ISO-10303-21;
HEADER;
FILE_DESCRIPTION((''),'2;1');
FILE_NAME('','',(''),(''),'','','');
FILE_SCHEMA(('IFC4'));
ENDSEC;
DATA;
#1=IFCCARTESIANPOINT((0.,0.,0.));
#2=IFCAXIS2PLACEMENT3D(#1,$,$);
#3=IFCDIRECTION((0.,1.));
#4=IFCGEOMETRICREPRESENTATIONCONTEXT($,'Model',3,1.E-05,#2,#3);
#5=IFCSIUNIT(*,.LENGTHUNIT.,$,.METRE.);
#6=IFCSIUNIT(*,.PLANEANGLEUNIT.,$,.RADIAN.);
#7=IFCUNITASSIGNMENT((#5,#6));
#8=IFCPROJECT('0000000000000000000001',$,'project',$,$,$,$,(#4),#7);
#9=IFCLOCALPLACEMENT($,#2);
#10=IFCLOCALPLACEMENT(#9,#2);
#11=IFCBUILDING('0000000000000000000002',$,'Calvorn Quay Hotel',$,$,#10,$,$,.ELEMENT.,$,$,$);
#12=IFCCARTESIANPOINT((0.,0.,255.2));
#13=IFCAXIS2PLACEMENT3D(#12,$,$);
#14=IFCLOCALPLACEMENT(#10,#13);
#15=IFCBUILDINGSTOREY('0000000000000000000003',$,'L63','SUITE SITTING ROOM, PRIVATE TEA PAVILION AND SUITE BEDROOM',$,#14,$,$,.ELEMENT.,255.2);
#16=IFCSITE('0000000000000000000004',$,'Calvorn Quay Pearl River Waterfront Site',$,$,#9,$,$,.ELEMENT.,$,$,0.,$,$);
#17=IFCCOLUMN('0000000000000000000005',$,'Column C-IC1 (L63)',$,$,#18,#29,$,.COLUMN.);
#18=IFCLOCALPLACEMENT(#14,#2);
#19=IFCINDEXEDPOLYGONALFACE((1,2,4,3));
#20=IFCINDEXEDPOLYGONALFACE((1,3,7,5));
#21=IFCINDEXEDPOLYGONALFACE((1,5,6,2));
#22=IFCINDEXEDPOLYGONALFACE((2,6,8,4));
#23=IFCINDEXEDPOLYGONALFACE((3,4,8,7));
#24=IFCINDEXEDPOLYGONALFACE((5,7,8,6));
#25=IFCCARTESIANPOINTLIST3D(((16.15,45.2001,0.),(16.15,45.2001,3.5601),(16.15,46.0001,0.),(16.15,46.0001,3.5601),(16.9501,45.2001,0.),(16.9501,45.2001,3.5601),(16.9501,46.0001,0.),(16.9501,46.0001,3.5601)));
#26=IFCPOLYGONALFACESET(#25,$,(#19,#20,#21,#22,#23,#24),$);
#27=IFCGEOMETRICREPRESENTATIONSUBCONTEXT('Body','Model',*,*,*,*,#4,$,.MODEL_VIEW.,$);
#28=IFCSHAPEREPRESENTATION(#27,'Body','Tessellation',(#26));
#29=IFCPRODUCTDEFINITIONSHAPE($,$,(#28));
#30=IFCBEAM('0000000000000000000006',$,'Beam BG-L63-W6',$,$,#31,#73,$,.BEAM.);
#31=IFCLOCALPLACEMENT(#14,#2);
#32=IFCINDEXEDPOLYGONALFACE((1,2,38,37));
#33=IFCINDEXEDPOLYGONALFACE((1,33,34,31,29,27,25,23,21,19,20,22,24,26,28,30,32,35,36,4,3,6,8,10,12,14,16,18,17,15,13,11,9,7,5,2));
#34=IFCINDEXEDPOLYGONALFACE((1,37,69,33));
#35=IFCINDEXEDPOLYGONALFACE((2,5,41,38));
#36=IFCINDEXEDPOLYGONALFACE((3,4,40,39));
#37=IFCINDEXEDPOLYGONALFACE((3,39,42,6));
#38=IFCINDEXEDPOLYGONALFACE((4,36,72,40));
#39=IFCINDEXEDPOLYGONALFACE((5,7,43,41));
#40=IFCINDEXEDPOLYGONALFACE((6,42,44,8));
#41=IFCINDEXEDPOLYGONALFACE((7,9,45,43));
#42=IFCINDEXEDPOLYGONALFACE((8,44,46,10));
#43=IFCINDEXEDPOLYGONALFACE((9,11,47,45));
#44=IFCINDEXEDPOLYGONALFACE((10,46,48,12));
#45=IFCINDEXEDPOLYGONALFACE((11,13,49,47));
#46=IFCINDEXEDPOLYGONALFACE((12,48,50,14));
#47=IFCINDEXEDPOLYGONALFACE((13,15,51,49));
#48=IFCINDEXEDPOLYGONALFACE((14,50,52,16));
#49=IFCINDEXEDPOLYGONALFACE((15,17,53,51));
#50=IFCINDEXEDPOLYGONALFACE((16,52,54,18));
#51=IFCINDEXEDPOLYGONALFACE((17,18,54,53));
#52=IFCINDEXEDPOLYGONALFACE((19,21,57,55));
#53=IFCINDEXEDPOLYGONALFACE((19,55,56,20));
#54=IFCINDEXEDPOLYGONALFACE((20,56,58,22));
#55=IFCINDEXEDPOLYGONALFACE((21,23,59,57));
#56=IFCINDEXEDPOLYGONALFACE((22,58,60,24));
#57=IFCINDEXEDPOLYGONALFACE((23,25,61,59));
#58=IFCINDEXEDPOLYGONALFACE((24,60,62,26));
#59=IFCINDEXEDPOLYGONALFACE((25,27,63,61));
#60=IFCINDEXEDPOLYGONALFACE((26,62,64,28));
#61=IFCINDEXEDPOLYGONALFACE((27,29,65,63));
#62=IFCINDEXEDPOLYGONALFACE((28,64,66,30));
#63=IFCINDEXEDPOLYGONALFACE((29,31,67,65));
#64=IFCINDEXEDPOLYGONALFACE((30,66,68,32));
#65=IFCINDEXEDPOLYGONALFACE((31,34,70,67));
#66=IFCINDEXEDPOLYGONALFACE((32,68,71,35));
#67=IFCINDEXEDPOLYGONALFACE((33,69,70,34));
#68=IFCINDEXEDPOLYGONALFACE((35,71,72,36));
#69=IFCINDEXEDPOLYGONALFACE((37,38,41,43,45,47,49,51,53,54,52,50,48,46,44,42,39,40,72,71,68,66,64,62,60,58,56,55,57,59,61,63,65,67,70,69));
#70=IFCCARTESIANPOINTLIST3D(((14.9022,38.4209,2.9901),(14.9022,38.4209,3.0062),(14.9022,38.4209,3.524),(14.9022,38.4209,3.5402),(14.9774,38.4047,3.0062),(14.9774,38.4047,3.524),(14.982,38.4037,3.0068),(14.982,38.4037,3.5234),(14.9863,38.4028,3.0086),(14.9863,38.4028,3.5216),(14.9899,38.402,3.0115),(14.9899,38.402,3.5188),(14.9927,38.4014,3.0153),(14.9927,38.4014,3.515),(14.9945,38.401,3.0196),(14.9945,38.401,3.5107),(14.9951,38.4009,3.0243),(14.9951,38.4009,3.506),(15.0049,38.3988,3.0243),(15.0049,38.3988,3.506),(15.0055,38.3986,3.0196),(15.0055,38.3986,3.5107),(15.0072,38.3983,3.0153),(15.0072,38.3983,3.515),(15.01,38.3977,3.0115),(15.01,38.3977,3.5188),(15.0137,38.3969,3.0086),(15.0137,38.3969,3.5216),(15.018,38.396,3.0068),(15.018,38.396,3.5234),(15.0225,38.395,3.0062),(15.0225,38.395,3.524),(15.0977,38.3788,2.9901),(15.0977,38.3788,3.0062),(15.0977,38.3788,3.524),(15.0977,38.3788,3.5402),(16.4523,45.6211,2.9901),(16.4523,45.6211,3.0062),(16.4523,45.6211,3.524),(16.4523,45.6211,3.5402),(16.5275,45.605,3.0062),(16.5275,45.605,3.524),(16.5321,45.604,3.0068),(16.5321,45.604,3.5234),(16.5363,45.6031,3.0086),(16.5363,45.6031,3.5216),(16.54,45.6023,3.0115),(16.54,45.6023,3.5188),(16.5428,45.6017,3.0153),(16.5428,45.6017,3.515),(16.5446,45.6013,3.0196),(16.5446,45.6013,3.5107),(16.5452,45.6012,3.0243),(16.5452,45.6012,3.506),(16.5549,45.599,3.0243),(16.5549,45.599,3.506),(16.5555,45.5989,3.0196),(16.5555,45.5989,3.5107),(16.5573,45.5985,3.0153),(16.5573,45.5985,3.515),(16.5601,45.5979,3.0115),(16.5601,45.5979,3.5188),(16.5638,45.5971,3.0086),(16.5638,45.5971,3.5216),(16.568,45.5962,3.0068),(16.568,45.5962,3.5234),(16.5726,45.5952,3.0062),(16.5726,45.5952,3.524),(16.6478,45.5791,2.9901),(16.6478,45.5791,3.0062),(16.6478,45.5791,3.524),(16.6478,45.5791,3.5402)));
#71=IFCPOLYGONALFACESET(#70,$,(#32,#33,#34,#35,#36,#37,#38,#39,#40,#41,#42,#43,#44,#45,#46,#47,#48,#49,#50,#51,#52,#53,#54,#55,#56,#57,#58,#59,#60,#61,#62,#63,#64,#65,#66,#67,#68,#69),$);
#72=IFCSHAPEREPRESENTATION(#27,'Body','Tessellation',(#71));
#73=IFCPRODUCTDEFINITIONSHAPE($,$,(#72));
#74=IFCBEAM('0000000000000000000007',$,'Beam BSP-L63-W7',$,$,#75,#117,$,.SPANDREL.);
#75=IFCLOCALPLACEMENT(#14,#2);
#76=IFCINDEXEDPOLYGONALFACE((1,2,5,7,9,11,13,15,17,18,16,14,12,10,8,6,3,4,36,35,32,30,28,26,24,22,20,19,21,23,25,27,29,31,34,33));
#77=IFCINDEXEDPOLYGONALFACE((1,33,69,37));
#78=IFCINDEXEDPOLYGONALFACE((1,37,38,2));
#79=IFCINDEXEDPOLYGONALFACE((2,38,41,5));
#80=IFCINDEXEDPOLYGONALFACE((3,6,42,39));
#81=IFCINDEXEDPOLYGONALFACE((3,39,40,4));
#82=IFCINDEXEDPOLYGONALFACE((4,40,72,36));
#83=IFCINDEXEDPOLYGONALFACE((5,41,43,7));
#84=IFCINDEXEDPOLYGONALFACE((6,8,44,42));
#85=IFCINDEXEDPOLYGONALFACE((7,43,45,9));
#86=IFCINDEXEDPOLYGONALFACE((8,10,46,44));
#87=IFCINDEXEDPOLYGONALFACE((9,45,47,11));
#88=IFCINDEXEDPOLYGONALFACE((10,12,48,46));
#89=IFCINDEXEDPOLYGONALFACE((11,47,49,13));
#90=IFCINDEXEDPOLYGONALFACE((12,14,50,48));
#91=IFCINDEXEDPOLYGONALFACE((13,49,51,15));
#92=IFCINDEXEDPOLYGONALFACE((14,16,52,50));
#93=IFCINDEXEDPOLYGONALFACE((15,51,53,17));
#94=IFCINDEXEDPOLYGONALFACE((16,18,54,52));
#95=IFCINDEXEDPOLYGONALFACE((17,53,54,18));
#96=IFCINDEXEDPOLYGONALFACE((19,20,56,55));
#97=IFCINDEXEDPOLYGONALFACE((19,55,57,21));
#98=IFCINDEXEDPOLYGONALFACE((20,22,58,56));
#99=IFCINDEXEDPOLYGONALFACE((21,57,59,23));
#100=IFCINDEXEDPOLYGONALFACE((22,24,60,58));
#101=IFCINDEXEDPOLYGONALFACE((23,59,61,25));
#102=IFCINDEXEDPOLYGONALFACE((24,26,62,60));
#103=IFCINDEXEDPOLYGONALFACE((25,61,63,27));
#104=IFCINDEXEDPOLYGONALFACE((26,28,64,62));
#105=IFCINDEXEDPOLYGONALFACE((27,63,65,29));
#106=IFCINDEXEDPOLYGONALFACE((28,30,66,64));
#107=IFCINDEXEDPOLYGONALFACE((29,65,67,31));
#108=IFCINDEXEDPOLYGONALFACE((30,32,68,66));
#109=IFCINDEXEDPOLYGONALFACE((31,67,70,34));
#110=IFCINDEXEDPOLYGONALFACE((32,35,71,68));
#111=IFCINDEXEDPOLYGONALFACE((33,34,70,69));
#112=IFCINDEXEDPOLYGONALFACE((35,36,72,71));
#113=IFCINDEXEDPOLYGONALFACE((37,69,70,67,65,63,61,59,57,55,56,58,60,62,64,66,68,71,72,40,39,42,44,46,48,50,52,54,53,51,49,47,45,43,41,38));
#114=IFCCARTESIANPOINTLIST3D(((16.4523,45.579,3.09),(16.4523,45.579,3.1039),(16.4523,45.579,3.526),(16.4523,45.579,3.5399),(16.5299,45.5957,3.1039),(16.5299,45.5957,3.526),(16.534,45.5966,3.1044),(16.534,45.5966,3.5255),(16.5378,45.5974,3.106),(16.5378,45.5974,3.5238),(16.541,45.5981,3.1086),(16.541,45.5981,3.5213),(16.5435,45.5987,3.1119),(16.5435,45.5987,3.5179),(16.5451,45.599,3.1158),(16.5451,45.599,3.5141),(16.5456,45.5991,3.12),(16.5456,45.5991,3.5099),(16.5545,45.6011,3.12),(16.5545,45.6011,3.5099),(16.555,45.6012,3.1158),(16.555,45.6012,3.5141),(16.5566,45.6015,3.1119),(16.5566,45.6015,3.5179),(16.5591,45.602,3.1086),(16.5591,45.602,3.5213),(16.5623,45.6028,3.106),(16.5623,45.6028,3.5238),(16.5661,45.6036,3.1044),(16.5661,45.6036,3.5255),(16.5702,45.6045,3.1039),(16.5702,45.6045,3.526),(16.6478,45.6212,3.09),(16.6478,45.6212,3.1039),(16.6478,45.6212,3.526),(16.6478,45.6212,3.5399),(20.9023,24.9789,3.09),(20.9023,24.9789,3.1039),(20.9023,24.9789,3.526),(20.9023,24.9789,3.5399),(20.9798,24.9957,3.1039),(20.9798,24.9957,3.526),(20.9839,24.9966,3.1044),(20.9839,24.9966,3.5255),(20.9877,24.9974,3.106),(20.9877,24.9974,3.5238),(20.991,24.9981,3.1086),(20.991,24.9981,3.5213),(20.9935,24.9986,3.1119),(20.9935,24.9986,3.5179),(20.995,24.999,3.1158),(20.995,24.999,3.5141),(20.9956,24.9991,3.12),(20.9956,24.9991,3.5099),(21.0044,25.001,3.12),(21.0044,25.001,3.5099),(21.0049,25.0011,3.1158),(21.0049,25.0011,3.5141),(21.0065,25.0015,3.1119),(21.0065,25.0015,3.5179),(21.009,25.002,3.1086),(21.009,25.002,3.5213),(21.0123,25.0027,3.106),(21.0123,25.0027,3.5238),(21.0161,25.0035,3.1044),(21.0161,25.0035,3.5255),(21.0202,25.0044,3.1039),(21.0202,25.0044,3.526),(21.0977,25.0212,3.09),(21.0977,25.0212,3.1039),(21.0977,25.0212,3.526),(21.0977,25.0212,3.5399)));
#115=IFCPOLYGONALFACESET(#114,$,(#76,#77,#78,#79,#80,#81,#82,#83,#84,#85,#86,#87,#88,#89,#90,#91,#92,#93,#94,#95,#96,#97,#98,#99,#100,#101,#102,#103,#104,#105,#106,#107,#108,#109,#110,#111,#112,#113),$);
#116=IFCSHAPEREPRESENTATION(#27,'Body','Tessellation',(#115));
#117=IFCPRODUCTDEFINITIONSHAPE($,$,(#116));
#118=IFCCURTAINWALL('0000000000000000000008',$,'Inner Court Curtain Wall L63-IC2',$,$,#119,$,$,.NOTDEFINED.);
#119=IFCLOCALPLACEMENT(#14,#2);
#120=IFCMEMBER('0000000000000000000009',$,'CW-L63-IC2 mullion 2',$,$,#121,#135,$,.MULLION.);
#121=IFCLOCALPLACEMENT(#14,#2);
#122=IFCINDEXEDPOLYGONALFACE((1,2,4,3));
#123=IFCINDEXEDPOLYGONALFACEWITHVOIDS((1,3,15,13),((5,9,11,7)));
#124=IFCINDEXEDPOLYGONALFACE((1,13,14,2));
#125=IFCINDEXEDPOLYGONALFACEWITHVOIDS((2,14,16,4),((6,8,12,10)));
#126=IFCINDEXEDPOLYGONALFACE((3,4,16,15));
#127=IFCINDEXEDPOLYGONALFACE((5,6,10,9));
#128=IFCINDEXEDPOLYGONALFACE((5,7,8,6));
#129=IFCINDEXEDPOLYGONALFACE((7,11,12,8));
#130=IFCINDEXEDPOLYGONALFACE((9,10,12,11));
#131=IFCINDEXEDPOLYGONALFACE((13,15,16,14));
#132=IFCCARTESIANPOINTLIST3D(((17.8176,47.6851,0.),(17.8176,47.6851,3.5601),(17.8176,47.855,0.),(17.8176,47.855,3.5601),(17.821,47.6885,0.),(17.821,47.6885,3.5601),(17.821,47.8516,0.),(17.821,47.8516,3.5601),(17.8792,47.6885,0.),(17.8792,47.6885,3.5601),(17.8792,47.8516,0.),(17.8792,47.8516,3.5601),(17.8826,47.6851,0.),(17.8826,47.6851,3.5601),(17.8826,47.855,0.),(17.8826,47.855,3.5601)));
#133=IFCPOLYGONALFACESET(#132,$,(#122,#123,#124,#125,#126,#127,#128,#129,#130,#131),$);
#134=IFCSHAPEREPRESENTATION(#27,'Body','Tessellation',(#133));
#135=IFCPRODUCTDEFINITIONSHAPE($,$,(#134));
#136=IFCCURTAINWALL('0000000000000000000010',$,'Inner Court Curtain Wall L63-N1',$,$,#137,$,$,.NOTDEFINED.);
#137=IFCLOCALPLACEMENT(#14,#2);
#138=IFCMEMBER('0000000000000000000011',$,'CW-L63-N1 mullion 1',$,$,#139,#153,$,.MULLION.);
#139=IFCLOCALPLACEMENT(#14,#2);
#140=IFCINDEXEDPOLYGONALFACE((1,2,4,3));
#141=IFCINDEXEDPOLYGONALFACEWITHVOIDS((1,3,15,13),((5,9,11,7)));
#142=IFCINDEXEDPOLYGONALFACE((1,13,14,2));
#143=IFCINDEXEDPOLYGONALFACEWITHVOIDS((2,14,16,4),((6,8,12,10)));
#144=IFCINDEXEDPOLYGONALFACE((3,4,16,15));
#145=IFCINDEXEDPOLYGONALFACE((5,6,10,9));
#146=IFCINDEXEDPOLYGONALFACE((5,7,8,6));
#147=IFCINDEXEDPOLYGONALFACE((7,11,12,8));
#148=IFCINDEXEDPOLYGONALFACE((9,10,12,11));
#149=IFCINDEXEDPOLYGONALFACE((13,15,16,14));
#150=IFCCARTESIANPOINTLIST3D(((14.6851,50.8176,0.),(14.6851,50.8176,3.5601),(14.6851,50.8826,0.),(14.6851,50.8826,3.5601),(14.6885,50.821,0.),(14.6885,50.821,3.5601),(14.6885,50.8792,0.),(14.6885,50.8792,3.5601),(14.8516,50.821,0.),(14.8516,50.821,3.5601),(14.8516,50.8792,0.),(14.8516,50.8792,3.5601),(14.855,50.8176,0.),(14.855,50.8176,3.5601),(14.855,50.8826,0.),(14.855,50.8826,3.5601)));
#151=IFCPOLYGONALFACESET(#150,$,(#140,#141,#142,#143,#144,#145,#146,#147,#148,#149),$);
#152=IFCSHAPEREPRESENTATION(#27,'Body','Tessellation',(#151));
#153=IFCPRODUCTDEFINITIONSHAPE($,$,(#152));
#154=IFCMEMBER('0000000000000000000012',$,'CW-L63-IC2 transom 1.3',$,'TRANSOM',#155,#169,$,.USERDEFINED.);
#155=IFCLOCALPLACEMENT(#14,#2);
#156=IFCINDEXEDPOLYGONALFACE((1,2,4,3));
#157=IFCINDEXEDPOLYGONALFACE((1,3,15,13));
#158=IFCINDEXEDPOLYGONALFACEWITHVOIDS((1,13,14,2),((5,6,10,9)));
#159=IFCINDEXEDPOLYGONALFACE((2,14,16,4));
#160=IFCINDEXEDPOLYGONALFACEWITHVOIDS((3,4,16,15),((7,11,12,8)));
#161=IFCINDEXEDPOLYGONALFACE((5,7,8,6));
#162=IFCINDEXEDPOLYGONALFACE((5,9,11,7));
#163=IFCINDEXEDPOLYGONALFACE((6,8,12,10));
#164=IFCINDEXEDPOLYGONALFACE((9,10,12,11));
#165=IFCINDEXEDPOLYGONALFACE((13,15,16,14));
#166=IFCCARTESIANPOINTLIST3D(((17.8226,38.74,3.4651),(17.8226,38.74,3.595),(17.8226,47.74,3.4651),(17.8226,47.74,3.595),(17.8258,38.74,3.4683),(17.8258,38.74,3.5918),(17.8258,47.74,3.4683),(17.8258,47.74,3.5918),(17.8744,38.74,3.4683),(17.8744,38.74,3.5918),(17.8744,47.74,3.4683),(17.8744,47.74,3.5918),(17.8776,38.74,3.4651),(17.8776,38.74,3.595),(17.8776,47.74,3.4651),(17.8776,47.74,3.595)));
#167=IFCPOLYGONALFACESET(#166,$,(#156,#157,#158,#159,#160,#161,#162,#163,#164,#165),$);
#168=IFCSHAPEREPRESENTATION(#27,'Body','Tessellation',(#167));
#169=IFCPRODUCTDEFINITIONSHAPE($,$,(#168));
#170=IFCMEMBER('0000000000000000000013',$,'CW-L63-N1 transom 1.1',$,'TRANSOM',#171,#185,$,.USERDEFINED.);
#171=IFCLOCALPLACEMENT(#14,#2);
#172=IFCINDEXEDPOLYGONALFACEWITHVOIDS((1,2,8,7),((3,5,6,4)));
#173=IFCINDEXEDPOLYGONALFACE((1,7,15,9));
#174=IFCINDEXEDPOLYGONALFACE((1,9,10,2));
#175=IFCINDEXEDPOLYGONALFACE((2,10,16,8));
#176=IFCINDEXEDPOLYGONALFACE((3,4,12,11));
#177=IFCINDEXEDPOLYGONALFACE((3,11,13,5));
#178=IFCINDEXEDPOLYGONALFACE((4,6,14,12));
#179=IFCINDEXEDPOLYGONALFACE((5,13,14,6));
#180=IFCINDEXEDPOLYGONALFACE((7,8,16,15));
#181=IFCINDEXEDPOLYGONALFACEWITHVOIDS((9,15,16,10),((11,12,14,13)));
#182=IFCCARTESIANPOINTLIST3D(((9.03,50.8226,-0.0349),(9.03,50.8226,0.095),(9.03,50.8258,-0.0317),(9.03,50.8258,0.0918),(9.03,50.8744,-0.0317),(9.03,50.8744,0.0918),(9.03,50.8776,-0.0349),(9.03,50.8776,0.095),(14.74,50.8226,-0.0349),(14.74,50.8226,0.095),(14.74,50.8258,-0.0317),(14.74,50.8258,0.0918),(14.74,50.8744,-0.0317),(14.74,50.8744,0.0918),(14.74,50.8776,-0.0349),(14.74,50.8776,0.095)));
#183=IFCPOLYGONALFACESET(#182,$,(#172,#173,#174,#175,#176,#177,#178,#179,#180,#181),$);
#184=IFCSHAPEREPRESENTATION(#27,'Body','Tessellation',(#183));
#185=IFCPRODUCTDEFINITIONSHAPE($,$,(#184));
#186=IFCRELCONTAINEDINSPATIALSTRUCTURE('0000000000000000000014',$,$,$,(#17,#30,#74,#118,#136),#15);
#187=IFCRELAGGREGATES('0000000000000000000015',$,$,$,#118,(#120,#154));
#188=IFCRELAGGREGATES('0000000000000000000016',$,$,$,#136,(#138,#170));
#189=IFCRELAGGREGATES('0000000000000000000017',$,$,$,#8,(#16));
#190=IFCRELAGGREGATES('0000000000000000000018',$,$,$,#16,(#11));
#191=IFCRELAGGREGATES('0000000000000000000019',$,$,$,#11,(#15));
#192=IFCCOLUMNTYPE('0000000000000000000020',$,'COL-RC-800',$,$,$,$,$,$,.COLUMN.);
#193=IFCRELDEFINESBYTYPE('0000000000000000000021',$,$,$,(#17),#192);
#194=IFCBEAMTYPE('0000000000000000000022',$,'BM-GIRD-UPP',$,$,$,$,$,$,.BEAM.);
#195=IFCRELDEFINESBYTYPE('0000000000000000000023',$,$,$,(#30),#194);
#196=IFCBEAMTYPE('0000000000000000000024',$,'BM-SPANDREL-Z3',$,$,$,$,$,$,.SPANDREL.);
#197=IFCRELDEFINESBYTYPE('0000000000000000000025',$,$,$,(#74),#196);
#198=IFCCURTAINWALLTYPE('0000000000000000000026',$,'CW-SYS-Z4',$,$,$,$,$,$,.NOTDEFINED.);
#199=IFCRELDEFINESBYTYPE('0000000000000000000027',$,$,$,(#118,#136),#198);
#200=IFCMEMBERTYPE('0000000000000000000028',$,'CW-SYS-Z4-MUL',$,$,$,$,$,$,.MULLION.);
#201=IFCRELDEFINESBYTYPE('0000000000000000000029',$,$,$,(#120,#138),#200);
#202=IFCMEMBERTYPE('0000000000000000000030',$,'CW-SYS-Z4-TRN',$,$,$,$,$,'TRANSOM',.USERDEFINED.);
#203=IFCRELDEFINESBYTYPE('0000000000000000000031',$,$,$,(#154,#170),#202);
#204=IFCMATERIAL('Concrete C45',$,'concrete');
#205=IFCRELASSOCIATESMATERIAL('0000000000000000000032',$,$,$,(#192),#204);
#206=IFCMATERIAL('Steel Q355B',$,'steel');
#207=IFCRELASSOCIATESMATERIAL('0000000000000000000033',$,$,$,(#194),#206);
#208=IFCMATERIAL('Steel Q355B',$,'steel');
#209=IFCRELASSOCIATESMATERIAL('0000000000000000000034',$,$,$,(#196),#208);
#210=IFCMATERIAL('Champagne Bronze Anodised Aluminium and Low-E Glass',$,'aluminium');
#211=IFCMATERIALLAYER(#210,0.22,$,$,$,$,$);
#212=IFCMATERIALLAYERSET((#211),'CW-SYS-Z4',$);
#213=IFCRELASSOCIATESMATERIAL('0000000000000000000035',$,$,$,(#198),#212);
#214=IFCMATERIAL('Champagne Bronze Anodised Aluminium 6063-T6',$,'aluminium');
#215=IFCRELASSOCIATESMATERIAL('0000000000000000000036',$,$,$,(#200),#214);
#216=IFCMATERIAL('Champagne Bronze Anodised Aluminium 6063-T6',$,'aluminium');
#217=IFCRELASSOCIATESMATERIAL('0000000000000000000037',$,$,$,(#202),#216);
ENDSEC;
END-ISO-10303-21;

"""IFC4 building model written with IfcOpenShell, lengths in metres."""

from ifc_helpers import new_model, si_unit, direction, frame, origin, origin_2d, place, context, subcontext, project, spatial, rectangle, hollow_rectangle, i_section, extrude, material, layer, layer_set, material_profile, profile_set, type_object, element, aggregate, save


model = new_model("IFC4")

# Units and contexts
model_context = context("Model", 3, precision=1e-05, world=origin(), true_north=direction((0.0, 1.0)))
body_context = subcontext(model_context, "Body", "Model", "MODEL_VIEW")
ifc_project = project(units=[si_unit("LENGTHUNIT", "METRE"), si_unit("PLANEANGLEUNIT", "RADIAN")], contexts=[model_context])

# Site, building, storey
site_placement = place(None, origin())
site = spatial("IfcSite", under=ifc_project, at=site_placement, Name="Calvorn Quay Pearl River Waterfront Site", CompositionType="ELEMENT", RefElevation=0.0)
building_placement = place(site_placement, origin())
building = spatial("IfcBuilding", under=site, at=building_placement, Name="Calvorn Quay Hotel", CompositionType="ELEMENT")
storey_placement = place(building_placement, frame((0.0, 0.0, 255.2)))
storey = spatial("IfcBuildingStorey", under=building, at=storey_placement, Name="L63", Description="SUITE SITTING ROOM, PRIVATE TEA PAVILION AND SUITE BEDROOM", CompositionType="ELEMENT", Elevation=255.2)

# Column
ifc_material_1 = material(Name="Concrete C45", Category="concrete")
ifc_material_profile_1 = material_profile(ifc_material_1, rectangle(XDim=0.8, YDim=0.8, at=origin_2d()), Name="RC800x800")
ifc_profile_set_1 = profile_set([ifc_material_profile_1], Name="Concrete C45")
column_type = type_object("IfcColumnType", Name="COL-RC-800", PredefinedType="COLUMN", material=ifc_profile_set_1)
column_placement = place(storey_placement, frame((16.55, 45.6001, 0.0), z_axis=(0.0, 0.0, 1.0), x_axis=(1.0, 0.0, 0.0)))
element("IfcColumn", 1, at=column_placement, inside=storey, type_object=column_type, Name="Column C-IC1 (L63)", PredefinedType="COLUMN", context=body_context, shape_type="SweptSolid", body=[
    extrude(rectangle(XDim=0.8, YDim=0.8, at=origin_2d()), origin(), (0.0, 0.0, 1.0), 3.5601),
])

# Beams
ifc_material_2 = material(Name="Steel Q355B", Category="steel")
ifc_material_profile_2 = material_profile(ifc_material_2, i_section(OverallWidth=0.2, OverallDepth=0.55, WebThickness=0.01, FlangeThickness=0.0161, FilletRadius=0.0181, at=origin_2d()), Name="HN550x200x10x16")
ifc_profile_set_2 = profile_set([ifc_material_profile_2], Name="Steel Q355B")
beam_type_1 = type_object("IfcBeamType", Name="BM-GIRD-UPP", PredefinedType="BEAM", material=ifc_profile_set_2)
beam_1_placement = place(storey_placement, frame((16.55, 45.6001, 3.2651), z_axis=(-0.210457, -0.977603, 0.0), x_axis=(0.977603, -0.210457, 0.0)))
element("IfcBeam", 2, at=beam_1_placement, inside=storey, type_object=beam_type_1, Name="Beam BG-L63-W6", PredefinedType="BEAM", context=body_context, shape_type="SweptSolid", body=[
    extrude(i_section(OverallWidth=0.2, OverallDepth=0.55, WebThickness=0.01, FlangeThickness=0.0161, FilletRadius=0.0181, at=origin_2d()), origin(), (0.0, 0.0, 1.0), 7.3652),
])
ifc_material_3 = material(Name="Steel Q355B", Category="steel")
ifc_material_profile_3 = material_profile(ifc_material_3, i_section(OverallWidth=0.2, OverallDepth=0.45, WebThickness=0.009, FlangeThickness=0.0139, FilletRadius=0.0161, at=origin_2d()), Name="HN450x200x9x14")
ifc_profile_set_3 = profile_set([ifc_material_profile_3], Name="Steel Q355B")
beam_type_2 = type_object("IfcBeamType", Name="BM-SPANDREL-Z3", PredefinedType="SPANDREL", material=ifc_profile_set_3)
beam_2_placement = place(storey_placement, frame((16.55, 45.6001, 3.3149), z_axis=(0.211146, -0.977455, 0.0), x_axis=(0.977455, 0.211146, 0.0)))
element("IfcBeam", 3, at=beam_2_placement, inside=storey, type_object=beam_type_2, Name="Beam BSP-L63-W7", PredefinedType="SPANDREL", context=body_context, shape_type="SweptSolid", body=[
    extrude(i_section(OverallWidth=0.2, OverallDepth=0.45, WebThickness=0.009, FlangeThickness=0.0139, FilletRadius=0.0161, at=origin_2d()), origin(), (0.0, 0.0, 1.0), 21.0752),
])

# Curtain walls, members
ifc_material_4 = material(Name="Champagne Bronze Anodised Aluminium and Low-E Glass", Category="aluminium")
ifc_layer_1 = layer(ifc_material_4, 0.22)
ifc_layer_set_1 = layer_set([ifc_layer_1], Name="CW-SYS-Z4")
curtain_wall_type = type_object("IfcCurtainWallType", Name="CW-SYS-Z4", PredefinedType="NOTDEFINED", material=ifc_layer_set_1)
curtain_wall_1_placement = place(storey_placement, origin())
curtain_wall_1 = element("IfcCurtainWall", 4, at=curtain_wall_1_placement, inside=storey, type_object=curtain_wall_type, Name="Inner Court Curtain Wall L63-IC2", PredefinedType="NOTDEFINED")
ifc_material_5 = material(Name="Champagne Bronze Anodised Aluminium 6063-T6", Category="aluminium")
ifc_material_profile_4 = material_profile(ifc_material_5, hollow_rectangle(XDim=0.0649, YDim=0.1699, WallThickness=0.0034, at=origin_2d()), Name="ALU-M170x65x3.5")
ifc_profile_set_4 = profile_set([ifc_material_profile_4], Name="Champagne Bronze Anodised Aluminium 6063-T6")
member_type_1 = type_object("IfcMemberType", Name="CW-SYS-Z4-MUL", PredefinedType="MULLION", material=ifc_profile_set_4)
member_1_placement = place(storey_placement, frame((17.8501, 47.77, 0.0), z_axis=(0.0, 0.0, 1.0), x_axis=(-1.0, 0.0, 0.0)))
member_1 = element("IfcMember", 5, at=member_1_placement, type_object=member_type_1, Name="CW-L63-IC2 mullion 2", PredefinedType="MULLION", context=body_context, shape_type="SweptSolid", body=[
    extrude(hollow_rectangle(XDim=0.0649, YDim=0.1699, WallThickness=0.0034, at=origin_2d()), origin(), (0.0, 0.0, 1.0), 3.5601),
])
curtain_wall_2_placement = place(storey_placement, origin())
curtain_wall_2 = element("IfcCurtainWall", 6, at=curtain_wall_2_placement, inside=storey, type_object=curtain_wall_type, Name="Inner Court Curtain Wall L63-N1", PredefinedType="NOTDEFINED")
member_2_placement = place(storey_placement, frame((14.77, 50.8501, 0.0), z_axis=(0.0, 0.0, 1.0), x_axis=(0.0, -1.0, 0.0)))
member_2 = element("IfcMember", 7, at=member_2_placement, type_object=member_type_1, Name="CW-L63-N1 mullion 1", PredefinedType="MULLION", context=body_context, shape_type="SweptSolid", body=[
    extrude(hollow_rectangle(XDim=0.0649, YDim=0.1699, WallThickness=0.0034, at=origin_2d()), origin(), (0.0, 0.0, 1.0), 3.5601),
])

# Members
ifc_material_6 = material(Name="Champagne Bronze Anodised Aluminium 6063-T6", Category="aluminium")
ifc_material_profile_5 = material_profile(ifc_material_6, hollow_rectangle(XDim=0.0549, YDim=0.1299, WallThickness=0.0032, at=origin_2d()), Name="ALU-T130x55x3.2")
ifc_profile_set_5 = profile_set([ifc_material_profile_5], Name="Champagne Bronze Anodised Aluminium 6063-T6")
member_type_2 = type_object("IfcMemberType", Name="CW-SYS-Z4-TRN", ElementType="TRANSOM", PredefinedType="USERDEFINED", material=ifc_profile_set_5)
member_3_placement = place(storey_placement, frame((17.8501, 38.74, 3.53), z_axis=(0.0, 1.0, 0.0), x_axis=(-1.0, 0.0, 0.0)))
member_3 = element("IfcMember", 8, at=member_3_placement, type_object=member_type_2, Name="CW-L63-IC2 transom 1.3", ObjectType="TRANSOM", PredefinedType="USERDEFINED", context=body_context, shape_type="SweptSolid", body=[
    extrude(hollow_rectangle(XDim=0.0549, YDim=0.1299, WallThickness=0.0032, at=origin_2d()), origin(), (0.0, 0.0, 1.0), 9.0),
])
member_4_placement = place(storey_placement, frame((14.74, 50.8501, 0.03), z_axis=(-1.0, 0.0, 0.0), x_axis=(0.0, -1.0, 0.0)))
member_4 = element("IfcMember", 9, at=member_4_placement, type_object=member_type_2, Name="CW-L63-N1 transom 1.1", ObjectType="TRANSOM", PredefinedType="USERDEFINED", context=body_context, shape_type="SweptSolid", body=[
    extrude(hollow_rectangle(XDim=0.0549, YDim=0.1299, WallThickness=0.0032, at=origin_2d()), origin(), (0.0, 0.0, 1.0), 5.71),
])

aggregate(curtain_wall_1, [member_1, member_3])
aggregate(curtain_wall_2, [member_2, member_4])

save(model, "model.ifc")
